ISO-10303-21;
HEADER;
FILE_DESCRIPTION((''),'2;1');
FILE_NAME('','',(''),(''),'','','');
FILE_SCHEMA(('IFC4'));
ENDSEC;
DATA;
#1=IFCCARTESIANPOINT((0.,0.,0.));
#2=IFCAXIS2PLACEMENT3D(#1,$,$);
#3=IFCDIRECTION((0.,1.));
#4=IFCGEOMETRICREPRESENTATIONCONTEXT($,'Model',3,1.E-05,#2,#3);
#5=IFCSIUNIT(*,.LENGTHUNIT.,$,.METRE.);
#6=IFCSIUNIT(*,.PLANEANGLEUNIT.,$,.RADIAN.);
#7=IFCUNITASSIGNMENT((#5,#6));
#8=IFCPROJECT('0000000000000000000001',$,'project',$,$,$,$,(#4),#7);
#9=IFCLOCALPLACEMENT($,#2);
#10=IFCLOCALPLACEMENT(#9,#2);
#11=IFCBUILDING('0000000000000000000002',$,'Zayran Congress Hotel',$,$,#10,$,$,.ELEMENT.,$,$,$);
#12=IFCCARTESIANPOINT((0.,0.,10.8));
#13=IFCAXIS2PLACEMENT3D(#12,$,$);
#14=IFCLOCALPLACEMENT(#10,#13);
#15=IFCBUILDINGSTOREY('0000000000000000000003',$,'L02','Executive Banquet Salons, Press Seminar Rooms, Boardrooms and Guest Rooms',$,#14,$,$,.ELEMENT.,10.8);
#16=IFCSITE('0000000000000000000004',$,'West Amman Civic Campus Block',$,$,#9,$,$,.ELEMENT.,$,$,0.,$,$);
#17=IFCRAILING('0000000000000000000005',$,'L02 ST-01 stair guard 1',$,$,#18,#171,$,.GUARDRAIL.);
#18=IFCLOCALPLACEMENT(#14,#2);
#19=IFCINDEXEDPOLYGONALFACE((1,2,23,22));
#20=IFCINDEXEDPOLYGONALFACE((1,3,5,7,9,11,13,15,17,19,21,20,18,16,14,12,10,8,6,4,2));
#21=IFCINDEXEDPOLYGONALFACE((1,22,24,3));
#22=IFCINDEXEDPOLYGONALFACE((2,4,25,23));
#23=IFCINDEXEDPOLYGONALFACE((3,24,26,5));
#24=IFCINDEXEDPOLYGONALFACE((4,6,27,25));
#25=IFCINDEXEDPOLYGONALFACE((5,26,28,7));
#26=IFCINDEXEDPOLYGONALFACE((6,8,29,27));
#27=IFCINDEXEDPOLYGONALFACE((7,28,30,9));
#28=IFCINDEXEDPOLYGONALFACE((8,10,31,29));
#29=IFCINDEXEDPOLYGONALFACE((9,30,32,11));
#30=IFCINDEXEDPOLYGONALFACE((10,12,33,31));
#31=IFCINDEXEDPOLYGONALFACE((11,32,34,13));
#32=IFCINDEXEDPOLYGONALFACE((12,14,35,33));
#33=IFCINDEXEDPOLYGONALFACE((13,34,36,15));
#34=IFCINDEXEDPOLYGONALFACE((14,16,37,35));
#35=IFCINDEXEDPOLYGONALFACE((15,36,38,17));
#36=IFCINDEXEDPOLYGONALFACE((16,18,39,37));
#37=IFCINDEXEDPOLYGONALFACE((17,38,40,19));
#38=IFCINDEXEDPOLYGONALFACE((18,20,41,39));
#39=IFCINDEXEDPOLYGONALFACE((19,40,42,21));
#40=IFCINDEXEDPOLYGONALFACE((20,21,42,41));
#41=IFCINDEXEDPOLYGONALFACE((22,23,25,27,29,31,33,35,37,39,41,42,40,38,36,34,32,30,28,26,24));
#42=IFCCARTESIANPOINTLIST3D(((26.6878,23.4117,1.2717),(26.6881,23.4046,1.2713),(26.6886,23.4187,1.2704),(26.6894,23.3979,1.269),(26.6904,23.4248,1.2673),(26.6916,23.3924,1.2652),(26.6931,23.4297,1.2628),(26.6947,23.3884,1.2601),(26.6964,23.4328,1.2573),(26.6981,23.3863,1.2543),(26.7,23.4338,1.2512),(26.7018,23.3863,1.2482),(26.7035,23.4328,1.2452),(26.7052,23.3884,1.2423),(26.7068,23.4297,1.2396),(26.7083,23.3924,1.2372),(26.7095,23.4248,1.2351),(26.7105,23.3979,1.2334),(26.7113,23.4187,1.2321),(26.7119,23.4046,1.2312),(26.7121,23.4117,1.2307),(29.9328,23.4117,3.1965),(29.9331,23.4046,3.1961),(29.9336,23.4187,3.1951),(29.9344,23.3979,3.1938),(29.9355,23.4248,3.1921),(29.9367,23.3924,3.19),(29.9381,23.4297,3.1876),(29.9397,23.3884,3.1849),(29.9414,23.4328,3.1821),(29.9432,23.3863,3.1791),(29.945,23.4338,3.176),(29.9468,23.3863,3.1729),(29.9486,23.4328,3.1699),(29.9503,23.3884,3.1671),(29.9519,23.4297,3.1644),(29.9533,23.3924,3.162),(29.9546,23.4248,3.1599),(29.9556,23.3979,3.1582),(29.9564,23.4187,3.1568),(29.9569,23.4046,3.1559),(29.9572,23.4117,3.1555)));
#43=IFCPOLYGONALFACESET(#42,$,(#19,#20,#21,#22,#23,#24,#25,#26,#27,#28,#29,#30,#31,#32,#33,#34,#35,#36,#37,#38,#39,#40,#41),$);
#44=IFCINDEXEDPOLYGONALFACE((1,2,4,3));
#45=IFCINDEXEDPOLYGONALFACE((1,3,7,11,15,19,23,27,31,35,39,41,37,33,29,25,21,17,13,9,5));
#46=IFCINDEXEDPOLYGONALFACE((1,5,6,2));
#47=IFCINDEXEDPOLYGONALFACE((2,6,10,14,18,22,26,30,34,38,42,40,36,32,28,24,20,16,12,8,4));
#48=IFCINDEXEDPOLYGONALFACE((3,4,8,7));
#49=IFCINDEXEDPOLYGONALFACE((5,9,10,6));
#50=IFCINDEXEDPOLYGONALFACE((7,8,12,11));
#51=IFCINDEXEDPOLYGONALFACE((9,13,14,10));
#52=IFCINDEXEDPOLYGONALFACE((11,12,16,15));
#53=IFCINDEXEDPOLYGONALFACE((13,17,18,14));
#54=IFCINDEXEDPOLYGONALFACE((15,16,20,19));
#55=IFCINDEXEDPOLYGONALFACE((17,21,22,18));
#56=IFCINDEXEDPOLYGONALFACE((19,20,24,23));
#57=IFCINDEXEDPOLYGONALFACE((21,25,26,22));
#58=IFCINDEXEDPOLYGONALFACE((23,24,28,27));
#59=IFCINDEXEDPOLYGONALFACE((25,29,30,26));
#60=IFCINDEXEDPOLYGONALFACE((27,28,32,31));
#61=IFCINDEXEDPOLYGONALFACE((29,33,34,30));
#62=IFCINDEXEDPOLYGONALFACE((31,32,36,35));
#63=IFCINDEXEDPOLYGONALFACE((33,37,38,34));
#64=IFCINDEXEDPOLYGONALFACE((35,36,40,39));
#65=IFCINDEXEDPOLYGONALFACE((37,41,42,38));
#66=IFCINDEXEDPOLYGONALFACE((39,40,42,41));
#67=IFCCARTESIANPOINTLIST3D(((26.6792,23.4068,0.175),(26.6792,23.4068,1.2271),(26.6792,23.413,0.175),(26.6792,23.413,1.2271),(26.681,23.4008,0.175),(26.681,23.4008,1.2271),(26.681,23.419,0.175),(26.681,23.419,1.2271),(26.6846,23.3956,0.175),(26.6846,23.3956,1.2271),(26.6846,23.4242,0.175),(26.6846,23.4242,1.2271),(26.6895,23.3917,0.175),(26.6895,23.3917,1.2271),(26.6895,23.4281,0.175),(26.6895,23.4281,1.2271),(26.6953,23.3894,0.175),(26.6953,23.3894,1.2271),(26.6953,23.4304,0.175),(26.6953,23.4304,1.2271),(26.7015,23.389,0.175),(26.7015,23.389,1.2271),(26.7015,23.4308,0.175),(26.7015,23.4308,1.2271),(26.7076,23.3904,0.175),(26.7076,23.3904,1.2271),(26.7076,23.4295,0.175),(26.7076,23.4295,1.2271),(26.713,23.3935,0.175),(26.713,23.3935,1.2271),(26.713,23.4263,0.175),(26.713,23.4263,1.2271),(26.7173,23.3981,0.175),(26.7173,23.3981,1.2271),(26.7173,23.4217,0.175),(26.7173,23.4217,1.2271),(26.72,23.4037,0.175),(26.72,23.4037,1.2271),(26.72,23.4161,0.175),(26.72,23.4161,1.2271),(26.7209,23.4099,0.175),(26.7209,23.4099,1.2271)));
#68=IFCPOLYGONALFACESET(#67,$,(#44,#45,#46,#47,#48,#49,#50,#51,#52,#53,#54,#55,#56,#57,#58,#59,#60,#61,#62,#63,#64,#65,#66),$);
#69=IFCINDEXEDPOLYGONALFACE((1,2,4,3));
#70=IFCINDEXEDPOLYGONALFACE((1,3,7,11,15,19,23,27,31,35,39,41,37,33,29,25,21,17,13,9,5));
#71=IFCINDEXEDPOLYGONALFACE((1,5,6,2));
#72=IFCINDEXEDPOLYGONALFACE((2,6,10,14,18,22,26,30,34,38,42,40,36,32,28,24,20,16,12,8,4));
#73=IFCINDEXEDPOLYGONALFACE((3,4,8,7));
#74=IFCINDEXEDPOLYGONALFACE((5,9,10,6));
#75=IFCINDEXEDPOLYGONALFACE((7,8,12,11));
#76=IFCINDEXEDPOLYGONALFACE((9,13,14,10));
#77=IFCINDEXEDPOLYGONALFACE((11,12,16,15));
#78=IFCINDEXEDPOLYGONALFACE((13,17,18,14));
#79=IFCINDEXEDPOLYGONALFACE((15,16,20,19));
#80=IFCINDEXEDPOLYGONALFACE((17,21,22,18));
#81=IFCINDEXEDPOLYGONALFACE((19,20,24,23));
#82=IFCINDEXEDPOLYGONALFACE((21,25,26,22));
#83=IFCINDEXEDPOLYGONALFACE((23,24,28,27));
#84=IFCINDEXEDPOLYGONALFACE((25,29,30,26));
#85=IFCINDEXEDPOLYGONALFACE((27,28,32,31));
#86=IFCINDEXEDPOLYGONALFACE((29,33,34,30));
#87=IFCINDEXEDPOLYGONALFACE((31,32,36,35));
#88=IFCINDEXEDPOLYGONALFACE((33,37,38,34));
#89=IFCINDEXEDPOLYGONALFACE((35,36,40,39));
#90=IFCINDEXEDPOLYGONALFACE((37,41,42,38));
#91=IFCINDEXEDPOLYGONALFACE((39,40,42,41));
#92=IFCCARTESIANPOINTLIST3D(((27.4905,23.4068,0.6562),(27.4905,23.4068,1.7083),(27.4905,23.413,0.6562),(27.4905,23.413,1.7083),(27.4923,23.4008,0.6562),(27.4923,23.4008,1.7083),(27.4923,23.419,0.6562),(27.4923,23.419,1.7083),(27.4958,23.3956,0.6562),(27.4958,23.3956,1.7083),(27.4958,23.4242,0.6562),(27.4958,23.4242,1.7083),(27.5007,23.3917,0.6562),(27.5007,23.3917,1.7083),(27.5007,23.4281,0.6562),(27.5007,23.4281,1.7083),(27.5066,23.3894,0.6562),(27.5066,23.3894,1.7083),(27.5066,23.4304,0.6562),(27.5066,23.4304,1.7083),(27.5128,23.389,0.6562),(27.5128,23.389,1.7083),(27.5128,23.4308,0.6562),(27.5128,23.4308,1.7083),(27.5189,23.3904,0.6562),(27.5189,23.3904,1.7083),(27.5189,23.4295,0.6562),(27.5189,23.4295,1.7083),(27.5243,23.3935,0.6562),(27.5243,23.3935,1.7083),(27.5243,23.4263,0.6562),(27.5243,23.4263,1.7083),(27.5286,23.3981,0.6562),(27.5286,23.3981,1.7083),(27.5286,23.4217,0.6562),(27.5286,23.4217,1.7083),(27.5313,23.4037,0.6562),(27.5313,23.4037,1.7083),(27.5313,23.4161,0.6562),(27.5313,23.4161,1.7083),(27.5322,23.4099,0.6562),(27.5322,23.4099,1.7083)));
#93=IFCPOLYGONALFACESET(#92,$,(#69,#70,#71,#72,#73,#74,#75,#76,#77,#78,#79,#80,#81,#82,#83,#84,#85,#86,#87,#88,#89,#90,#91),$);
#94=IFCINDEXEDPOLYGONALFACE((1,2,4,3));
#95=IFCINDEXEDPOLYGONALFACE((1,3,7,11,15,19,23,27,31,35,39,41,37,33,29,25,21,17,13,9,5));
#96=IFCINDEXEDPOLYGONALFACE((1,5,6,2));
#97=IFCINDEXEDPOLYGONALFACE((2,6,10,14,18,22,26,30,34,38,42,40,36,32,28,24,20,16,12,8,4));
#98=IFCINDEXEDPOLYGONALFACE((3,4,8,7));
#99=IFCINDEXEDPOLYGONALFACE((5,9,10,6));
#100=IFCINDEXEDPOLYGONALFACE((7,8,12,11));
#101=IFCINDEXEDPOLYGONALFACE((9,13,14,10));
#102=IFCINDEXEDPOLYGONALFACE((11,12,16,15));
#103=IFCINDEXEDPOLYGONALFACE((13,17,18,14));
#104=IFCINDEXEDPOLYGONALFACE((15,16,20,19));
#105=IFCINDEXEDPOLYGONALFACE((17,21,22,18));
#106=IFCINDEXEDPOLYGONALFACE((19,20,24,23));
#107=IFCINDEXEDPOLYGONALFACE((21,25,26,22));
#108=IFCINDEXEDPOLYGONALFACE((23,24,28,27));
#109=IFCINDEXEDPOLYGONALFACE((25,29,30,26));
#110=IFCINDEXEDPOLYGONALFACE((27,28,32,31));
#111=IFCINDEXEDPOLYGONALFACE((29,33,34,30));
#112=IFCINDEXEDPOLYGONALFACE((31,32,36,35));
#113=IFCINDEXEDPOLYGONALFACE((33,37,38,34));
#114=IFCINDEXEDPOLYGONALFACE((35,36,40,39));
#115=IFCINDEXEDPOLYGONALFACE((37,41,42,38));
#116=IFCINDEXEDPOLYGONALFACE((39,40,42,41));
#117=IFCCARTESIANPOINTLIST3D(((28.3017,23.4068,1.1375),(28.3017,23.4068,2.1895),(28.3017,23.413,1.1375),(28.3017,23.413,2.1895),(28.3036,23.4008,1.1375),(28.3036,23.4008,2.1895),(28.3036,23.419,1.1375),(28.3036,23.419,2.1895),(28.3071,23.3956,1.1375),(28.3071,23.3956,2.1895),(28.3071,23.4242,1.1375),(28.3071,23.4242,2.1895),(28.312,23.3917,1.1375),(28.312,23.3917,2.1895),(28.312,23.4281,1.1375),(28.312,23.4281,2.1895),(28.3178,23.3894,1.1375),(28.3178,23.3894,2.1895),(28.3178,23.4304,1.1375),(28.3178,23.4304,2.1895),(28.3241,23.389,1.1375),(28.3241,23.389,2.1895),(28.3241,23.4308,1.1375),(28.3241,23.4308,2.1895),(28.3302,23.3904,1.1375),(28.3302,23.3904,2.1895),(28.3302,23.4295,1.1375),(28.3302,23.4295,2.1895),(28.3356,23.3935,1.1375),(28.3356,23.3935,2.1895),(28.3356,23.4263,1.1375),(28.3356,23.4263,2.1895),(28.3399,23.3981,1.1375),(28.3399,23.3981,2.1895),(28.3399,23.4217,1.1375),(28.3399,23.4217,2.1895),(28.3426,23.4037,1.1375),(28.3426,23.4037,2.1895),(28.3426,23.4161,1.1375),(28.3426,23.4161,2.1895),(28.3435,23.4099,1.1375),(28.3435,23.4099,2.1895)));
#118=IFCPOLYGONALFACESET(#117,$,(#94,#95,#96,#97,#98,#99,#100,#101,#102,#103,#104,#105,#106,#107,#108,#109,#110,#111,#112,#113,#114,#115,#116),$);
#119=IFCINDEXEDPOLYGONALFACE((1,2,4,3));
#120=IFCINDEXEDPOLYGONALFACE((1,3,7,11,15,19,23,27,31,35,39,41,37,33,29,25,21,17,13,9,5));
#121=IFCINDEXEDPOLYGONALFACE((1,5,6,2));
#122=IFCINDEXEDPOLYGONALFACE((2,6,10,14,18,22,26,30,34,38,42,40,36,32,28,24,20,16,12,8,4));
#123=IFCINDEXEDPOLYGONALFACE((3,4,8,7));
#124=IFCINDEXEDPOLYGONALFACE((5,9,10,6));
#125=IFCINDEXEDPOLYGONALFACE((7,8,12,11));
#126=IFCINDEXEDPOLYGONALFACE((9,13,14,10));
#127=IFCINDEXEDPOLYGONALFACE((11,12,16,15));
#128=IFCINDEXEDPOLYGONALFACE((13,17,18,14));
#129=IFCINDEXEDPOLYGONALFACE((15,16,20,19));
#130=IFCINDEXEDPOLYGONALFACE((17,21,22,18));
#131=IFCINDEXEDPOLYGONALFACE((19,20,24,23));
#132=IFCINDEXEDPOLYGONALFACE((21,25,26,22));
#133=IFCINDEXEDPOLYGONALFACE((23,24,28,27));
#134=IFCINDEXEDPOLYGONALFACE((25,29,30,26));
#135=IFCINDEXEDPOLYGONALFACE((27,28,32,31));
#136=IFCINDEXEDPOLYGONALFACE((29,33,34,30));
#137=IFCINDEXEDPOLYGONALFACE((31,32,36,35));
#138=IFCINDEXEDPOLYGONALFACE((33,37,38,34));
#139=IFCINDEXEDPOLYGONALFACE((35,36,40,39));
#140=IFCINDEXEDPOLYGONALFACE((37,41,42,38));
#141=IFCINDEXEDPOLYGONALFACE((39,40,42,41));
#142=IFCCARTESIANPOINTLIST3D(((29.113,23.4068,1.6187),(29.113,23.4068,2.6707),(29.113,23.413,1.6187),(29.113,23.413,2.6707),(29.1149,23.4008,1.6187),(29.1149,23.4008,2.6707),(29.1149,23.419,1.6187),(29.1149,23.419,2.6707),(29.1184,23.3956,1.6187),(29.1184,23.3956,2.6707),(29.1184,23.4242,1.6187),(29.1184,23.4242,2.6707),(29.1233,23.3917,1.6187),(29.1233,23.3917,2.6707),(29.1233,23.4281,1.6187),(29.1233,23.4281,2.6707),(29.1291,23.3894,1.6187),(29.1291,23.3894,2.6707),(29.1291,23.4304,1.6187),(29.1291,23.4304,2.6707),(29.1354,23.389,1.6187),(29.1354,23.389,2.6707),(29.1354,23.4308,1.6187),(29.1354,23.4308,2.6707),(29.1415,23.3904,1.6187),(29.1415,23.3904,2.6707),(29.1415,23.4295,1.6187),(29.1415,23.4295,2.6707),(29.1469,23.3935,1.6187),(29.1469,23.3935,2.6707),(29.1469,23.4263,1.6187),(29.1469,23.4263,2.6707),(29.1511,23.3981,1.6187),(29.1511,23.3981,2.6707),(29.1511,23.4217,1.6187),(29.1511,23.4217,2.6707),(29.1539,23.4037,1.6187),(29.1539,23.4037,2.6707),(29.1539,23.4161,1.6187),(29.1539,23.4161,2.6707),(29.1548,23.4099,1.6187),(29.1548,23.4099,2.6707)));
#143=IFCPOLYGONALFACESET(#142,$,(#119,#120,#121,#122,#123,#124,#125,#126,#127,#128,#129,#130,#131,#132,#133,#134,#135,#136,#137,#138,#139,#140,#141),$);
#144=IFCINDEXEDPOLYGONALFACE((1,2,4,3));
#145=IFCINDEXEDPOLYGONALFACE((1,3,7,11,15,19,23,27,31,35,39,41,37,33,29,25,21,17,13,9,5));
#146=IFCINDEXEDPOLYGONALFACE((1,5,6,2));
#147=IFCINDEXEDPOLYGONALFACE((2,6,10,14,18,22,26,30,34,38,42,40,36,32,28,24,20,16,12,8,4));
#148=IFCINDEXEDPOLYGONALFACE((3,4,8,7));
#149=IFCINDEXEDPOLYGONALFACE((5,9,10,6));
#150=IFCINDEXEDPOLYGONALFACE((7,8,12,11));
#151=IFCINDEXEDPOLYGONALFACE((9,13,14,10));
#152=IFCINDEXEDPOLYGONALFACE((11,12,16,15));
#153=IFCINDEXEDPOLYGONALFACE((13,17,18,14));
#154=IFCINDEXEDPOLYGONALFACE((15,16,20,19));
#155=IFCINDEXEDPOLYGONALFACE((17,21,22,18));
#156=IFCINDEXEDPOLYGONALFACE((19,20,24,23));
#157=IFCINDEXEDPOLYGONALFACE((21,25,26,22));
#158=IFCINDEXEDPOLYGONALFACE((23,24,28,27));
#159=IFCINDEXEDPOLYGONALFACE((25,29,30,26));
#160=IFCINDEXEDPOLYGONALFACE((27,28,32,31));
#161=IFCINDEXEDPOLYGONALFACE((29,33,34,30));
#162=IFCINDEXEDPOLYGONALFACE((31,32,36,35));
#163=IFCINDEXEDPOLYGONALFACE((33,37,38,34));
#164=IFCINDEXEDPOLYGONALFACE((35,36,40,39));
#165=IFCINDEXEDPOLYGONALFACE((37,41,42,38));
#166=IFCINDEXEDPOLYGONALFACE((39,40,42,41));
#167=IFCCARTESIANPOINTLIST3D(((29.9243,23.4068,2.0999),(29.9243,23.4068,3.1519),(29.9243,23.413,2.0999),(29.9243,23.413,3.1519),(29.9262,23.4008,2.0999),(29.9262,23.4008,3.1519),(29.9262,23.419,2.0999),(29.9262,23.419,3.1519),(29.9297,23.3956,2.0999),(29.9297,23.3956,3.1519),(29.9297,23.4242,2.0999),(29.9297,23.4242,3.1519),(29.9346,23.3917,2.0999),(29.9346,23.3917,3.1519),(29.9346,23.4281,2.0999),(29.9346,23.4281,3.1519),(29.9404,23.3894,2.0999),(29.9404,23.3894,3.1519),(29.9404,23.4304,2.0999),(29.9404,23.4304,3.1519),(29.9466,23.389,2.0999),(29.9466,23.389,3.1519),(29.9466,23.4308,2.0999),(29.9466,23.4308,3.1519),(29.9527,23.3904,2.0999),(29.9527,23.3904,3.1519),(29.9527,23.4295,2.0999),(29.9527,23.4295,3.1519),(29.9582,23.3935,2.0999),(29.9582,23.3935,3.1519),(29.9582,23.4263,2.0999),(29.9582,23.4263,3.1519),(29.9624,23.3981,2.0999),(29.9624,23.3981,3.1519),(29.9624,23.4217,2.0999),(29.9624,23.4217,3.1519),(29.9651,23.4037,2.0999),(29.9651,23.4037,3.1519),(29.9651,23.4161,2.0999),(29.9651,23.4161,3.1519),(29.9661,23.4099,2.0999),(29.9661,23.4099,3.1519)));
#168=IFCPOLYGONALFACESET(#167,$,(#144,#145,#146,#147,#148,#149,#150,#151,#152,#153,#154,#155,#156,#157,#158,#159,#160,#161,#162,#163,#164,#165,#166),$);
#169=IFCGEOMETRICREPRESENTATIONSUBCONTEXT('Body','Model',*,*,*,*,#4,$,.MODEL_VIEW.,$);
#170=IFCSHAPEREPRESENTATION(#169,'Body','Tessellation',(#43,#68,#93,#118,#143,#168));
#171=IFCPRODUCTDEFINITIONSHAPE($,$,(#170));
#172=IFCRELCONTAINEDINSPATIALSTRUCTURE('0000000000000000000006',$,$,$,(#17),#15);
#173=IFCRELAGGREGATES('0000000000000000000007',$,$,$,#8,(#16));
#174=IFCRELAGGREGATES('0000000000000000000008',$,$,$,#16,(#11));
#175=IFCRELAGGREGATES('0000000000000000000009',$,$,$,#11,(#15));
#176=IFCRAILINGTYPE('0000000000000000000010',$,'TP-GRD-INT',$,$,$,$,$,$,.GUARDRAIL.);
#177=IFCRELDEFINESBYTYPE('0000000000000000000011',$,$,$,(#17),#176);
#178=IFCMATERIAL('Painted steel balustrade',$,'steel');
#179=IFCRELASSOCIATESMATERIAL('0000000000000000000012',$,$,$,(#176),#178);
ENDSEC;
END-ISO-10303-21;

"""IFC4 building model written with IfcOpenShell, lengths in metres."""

from ifc_helpers import new_model, si_unit, direction, frame, origin, origin_2d, place, context, subcontext, project, spatial, circle, extrude, material, type_object, element, save


model = new_model("IFC4")

# Units and contexts
model_context = context("Model", 3, precision=1e-05, world=origin(), true_north=direction((0.0, 1.0)))
body_context = subcontext(model_context, "Body", "Model", "MODEL_VIEW")
ifc_project = project(units=[si_unit("LENGTHUNIT", "METRE"), si_unit("PLANEANGLEUNIT", "RADIAN")], contexts=[model_context])

# Site, building, storey
site_placement = place(None, origin())
site = spatial("IfcSite", under=ifc_project, at=site_placement, Name="West Amman Civic Campus Block", CompositionType="ELEMENT", RefElevation=0.0)
building_placement = place(site_placement, origin())
building = spatial("IfcBuilding", under=site, at=building_placement, Name="Zayran Congress Hotel", CompositionType="ELEMENT")
storey_placement = place(building_placement, frame((0.0, 0.0, 10.8)))
storey = spatial("IfcBuildingStorey", under=building, at=storey_placement, Name="L02", Description="Executive Banquet Salons, Press Seminar Rooms, Boardrooms and Guest Rooms", CompositionType="ELEMENT", Elevation=10.8)

# Railing
ifc_material_1 = material(Name="Painted steel balustrade", Category="steel")
railing_type_1 = type_object("IfcRailingType", Name="TP-GRD-INT", PredefinedType="GUARDRAIL", material=ifc_material_1)
railing_1_placement = place(storey_placement, frame((26.7, 23.4099, 0.175)))
element("IfcRailing", 1, at=railing_1_placement, inside=storey, type_object=railing_type_1, Name="L02 ST-01 stair guard 1", PredefinedType="GUARDRAIL", context=body_context, shape_type="SweptSolid", body=[
    extrude(circle(Radius=0.0239, at=origin_2d()), frame((0.0, 0.0, 1.0762), z_axis=(0.860085, 0.0, 0.51015), x_axis=(0.0, 1.0, 0.0)), (0.0, 0.0, 1.0), 3.7729),
    extrude(circle(Radius=0.021, at=origin_2d()), origin(), (0.0, 0.0, 1.0), 1.052),
    extrude(circle(Radius=0.021, at=origin_2d()), frame((0.8113, 0.0, 0.4812)), (0.0, 0.0, 1.0), 1.052),
    extrude(circle(Radius=0.021, at=origin_2d()), frame((1.6226, 0.0, 0.9624)), (0.0, 0.0, 1.0), 1.052),
    extrude(circle(Radius=0.021, at=origin_2d()), frame((2.4338, 0.0, 1.4436)), (0.0, 0.0, 1.0), 1.052),
    extrude(circle(Radius=0.021, at=origin_2d()), frame((3.2451, 0.0, 1.9248)), (0.0, 0.0, 1.0), 1.052),
])

save(model, "model.ifc")
